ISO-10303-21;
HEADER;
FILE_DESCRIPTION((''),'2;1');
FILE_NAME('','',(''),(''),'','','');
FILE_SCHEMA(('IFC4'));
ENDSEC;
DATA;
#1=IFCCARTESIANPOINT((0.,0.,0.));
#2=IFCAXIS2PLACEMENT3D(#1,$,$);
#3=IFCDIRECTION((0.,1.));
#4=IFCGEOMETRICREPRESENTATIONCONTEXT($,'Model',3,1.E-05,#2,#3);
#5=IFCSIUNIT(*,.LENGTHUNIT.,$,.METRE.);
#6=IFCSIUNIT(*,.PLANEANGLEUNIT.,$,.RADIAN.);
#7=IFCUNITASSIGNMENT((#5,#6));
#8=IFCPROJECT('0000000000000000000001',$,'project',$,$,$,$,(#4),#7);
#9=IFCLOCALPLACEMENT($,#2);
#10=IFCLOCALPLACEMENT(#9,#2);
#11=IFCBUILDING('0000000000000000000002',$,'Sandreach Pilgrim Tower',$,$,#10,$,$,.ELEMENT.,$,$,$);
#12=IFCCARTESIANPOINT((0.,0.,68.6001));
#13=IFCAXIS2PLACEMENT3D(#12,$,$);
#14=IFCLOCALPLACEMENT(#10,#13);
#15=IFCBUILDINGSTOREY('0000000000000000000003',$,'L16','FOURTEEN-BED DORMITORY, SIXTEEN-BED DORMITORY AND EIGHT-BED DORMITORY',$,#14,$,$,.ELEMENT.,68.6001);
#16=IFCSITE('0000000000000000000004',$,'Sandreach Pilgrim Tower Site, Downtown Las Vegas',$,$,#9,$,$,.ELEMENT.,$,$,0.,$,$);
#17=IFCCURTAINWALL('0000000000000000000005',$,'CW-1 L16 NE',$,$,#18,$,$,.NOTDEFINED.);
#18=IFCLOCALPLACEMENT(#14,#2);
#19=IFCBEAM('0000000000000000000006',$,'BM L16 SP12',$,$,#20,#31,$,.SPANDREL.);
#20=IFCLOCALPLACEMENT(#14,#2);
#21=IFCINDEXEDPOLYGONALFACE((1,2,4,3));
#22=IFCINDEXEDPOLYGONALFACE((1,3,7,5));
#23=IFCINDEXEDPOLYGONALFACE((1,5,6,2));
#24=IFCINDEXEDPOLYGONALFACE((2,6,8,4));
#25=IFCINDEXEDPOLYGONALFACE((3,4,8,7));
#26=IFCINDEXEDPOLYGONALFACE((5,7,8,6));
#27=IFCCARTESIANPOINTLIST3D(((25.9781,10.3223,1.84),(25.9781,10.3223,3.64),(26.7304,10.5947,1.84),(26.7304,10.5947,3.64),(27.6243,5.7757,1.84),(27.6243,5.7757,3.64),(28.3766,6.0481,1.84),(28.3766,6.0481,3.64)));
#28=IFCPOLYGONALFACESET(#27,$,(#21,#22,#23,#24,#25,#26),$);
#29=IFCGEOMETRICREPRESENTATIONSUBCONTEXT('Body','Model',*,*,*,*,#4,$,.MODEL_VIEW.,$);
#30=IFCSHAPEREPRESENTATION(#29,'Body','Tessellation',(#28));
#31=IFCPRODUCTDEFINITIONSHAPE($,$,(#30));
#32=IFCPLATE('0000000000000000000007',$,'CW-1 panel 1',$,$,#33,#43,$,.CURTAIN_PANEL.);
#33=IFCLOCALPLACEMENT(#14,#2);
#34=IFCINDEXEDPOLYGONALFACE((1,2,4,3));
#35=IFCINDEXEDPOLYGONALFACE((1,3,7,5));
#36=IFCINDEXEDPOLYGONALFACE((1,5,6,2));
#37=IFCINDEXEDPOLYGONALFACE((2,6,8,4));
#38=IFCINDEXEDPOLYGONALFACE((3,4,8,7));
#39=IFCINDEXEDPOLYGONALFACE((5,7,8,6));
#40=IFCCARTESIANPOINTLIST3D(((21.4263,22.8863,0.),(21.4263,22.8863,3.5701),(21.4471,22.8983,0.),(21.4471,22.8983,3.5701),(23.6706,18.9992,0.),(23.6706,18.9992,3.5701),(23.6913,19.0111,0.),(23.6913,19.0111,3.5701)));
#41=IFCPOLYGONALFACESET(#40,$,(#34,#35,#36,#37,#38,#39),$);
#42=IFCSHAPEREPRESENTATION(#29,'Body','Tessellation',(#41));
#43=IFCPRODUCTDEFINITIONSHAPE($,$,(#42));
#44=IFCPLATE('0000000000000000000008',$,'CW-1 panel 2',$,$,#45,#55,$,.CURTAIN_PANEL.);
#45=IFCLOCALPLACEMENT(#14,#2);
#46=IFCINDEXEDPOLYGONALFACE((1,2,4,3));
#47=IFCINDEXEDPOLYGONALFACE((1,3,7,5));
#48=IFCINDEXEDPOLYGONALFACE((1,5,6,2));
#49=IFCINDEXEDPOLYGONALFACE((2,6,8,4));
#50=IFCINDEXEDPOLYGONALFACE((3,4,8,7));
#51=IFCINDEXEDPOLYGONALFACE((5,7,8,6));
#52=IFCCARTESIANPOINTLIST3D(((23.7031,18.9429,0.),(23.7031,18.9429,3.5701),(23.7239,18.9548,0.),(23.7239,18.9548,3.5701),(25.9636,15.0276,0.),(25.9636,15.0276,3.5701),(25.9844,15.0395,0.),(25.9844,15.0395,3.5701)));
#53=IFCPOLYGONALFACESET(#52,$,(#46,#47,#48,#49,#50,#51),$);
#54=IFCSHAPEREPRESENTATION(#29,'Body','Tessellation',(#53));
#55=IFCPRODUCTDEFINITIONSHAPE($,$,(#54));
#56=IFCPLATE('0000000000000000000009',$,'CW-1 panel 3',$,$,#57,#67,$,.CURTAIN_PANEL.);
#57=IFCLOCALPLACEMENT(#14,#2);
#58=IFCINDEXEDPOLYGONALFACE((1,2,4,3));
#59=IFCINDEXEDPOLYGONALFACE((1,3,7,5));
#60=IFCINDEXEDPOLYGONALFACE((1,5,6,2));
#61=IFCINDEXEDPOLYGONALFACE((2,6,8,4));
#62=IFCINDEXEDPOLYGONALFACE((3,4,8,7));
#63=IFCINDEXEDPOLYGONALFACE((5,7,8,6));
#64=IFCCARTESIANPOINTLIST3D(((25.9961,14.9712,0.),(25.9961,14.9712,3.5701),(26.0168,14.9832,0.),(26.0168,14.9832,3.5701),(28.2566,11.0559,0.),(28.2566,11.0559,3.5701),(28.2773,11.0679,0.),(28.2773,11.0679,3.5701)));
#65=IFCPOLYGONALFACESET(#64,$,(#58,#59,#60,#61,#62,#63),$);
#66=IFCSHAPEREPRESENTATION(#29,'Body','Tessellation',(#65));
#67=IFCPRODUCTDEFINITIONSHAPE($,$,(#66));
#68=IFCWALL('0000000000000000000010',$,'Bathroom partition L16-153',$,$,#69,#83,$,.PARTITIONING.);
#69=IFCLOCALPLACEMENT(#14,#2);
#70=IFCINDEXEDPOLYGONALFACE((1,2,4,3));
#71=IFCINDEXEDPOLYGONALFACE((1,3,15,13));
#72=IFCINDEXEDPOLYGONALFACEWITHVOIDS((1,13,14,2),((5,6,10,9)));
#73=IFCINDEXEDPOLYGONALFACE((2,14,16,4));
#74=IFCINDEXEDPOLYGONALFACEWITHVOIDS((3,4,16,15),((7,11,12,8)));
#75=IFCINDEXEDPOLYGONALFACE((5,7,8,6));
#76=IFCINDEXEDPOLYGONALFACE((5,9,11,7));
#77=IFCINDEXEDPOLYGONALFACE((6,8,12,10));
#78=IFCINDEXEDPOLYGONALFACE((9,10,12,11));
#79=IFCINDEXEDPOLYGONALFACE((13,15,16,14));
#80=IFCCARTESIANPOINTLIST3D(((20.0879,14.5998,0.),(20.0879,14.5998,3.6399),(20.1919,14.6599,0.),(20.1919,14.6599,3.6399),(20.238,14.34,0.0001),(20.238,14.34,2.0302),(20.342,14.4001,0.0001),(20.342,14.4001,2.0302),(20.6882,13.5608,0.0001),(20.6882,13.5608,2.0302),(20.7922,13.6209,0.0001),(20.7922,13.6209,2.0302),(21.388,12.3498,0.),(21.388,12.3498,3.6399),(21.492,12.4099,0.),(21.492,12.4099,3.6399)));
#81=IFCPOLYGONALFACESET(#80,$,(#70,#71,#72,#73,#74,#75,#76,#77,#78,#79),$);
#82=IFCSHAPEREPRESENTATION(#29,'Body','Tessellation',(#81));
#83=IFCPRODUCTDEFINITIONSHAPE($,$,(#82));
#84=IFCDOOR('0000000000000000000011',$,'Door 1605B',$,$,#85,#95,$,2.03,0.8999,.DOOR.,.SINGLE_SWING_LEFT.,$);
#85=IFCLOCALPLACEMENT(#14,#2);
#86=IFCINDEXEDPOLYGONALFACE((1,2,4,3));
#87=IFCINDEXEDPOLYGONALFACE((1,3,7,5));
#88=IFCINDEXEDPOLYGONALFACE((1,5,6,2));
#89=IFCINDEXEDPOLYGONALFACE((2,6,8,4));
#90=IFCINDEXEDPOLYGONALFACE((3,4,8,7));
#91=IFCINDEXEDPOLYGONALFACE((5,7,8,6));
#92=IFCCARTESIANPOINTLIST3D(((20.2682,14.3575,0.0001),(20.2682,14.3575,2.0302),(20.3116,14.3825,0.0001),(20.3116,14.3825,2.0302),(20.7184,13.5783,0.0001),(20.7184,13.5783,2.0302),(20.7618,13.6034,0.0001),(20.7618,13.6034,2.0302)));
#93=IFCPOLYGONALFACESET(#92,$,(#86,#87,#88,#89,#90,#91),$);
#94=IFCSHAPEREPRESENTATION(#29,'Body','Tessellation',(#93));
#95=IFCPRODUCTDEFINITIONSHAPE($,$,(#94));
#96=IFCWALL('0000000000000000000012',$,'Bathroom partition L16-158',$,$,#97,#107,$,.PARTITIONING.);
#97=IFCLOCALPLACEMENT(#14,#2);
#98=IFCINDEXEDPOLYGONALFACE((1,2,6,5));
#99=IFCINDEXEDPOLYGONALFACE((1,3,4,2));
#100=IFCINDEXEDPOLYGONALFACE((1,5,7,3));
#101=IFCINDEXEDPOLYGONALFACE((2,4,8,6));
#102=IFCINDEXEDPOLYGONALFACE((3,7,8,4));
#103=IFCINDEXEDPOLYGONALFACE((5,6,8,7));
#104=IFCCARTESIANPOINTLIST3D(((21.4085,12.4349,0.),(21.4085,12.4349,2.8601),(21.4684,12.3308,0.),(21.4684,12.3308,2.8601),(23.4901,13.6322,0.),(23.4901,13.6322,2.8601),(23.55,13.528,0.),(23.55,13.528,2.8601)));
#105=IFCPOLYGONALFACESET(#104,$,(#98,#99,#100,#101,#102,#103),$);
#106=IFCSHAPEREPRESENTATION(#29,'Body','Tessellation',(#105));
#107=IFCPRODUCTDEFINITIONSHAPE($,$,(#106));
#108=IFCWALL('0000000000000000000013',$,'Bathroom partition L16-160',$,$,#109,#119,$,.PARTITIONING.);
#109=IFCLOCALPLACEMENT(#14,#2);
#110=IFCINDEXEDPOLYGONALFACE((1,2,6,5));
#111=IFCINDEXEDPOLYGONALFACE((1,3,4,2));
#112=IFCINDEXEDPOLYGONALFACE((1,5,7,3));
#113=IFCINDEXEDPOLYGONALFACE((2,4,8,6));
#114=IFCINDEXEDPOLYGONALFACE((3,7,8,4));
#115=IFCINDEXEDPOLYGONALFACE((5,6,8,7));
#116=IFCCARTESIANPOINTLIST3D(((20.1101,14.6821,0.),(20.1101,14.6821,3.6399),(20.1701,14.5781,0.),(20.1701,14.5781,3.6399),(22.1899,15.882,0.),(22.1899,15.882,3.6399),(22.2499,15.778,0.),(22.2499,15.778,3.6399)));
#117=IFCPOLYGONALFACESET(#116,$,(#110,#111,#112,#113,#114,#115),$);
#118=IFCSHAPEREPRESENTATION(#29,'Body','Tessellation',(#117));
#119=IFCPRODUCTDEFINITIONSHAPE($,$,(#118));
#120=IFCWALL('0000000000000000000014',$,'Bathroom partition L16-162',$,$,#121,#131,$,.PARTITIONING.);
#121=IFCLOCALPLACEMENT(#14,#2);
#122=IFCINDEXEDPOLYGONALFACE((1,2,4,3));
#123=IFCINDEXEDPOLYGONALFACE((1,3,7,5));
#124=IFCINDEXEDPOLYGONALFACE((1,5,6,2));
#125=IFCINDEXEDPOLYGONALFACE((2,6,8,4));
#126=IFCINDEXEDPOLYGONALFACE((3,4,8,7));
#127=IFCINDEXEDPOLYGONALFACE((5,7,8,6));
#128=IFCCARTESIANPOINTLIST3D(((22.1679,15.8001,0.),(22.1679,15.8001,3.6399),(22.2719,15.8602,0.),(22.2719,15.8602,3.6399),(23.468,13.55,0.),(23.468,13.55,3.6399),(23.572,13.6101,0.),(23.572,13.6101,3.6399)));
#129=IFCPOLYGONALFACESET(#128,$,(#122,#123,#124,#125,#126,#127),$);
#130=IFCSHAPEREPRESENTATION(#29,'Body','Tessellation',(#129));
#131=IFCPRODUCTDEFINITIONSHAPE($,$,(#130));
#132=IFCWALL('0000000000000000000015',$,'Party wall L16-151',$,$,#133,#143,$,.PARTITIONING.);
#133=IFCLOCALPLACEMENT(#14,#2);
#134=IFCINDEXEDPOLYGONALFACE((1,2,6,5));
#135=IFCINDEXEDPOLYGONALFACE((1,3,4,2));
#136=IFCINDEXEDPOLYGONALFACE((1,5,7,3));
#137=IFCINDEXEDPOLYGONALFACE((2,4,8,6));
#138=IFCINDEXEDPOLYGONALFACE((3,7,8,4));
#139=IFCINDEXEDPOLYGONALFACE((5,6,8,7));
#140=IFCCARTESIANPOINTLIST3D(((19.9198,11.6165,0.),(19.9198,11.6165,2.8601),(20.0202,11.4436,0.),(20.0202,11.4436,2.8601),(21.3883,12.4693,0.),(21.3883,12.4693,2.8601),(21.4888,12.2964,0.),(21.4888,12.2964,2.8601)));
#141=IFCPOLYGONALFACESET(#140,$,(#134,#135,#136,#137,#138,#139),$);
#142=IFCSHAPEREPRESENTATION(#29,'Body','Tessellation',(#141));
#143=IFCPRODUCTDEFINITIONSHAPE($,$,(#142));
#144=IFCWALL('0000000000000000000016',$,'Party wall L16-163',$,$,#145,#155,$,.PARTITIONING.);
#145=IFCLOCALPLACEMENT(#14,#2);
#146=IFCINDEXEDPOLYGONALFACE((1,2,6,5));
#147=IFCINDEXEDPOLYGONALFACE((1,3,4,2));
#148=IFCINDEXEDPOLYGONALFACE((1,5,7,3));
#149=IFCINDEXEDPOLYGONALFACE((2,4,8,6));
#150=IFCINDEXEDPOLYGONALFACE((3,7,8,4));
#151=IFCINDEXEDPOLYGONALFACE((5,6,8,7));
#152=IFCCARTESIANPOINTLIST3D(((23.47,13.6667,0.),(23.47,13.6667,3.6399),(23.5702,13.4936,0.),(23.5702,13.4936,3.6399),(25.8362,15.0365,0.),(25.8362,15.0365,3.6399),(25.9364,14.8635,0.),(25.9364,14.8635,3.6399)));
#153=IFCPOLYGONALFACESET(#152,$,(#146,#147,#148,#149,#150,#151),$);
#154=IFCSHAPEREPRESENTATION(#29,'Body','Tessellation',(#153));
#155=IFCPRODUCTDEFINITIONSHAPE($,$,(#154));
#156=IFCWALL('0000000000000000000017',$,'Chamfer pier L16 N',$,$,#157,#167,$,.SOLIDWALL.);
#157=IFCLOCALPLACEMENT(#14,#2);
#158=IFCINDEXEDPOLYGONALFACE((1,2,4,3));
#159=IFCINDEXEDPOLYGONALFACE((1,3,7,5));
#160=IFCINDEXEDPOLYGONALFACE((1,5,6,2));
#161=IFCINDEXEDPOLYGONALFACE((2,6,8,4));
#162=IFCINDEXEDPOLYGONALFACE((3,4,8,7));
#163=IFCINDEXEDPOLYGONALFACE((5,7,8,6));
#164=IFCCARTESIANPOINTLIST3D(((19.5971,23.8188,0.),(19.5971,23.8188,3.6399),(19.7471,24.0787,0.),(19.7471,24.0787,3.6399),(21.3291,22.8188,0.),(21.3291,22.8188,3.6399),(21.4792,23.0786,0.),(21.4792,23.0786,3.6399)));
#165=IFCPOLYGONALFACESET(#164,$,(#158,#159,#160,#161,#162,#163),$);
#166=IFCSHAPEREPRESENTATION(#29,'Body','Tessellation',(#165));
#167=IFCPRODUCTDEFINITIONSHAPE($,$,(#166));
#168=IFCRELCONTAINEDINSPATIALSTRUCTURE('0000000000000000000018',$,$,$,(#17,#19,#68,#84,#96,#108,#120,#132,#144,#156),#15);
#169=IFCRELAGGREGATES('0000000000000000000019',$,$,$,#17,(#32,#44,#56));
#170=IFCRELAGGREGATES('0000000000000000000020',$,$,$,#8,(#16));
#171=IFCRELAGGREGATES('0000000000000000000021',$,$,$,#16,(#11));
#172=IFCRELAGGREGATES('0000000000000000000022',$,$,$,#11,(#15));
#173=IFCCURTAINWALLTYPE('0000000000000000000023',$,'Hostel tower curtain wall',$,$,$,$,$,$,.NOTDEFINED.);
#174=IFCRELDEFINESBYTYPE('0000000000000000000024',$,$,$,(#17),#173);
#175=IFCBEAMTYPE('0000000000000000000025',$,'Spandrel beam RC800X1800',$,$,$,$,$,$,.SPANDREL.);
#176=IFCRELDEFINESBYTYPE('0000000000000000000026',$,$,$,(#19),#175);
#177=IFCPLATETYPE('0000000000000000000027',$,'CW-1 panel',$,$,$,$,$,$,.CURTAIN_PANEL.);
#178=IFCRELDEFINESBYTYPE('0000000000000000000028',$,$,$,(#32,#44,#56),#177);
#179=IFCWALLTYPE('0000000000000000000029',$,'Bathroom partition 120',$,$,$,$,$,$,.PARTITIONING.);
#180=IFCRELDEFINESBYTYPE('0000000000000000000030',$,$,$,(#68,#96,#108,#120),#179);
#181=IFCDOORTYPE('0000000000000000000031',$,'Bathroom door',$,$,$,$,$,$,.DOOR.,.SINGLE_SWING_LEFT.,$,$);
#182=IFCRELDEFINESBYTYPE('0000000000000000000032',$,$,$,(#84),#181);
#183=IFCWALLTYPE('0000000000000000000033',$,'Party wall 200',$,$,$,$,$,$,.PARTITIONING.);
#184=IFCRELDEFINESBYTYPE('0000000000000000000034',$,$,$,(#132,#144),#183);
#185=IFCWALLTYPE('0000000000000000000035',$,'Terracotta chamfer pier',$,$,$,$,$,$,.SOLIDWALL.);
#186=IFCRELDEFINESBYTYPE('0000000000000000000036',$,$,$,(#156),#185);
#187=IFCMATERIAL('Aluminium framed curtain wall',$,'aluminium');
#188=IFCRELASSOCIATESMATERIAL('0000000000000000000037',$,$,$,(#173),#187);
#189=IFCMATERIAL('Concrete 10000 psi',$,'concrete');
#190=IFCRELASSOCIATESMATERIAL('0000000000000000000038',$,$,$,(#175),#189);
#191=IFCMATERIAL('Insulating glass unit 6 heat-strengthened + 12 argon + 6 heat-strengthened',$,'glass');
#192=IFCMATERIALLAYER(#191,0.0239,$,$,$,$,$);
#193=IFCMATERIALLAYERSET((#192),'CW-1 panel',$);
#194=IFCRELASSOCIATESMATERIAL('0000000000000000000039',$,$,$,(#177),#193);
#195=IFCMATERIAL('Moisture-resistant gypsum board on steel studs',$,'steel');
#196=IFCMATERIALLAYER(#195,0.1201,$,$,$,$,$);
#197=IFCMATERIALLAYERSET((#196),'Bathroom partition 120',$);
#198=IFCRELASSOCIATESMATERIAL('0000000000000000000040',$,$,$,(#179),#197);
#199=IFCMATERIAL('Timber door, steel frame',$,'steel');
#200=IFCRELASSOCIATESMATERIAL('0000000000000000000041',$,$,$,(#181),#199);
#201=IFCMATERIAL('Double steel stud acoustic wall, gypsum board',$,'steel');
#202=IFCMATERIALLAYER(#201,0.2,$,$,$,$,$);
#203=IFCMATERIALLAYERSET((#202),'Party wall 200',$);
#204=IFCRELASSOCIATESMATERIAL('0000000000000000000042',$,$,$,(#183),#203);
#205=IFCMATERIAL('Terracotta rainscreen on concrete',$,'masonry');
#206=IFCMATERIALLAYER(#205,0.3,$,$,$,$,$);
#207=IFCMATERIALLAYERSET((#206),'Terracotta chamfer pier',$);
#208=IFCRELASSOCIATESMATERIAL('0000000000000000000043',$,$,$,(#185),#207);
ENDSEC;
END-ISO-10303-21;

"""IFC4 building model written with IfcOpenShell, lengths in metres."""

from ifc_helpers import new_model, si_unit, direction, frame, frame_2d, origin, origin_2d, place, context, subcontext, project, spatial, rectangle, extrude, material, layer, layer_set, material_profile, profile_set, type_object, element, fill, aggregate, save


model = new_model("IFC4")

# Units and contexts
model_context = context("Model", 3, precision=1e-05, world=origin(), true_north=direction((0.0, 1.0)))
body_context = subcontext(model_context, "Body", "Model", "MODEL_VIEW")
ifc_project = project(units=[si_unit("LENGTHUNIT", "METRE"), si_unit("PLANEANGLEUNIT", "RADIAN")], contexts=[model_context])

# Site, building, storey
site_placement = place(None, origin())
site = spatial("IfcSite", under=ifc_project, at=site_placement, Name="Sandreach Pilgrim Tower Site, Downtown Las Vegas", CompositionType="ELEMENT", RefElevation=0.0)
building_placement = place(site_placement, origin())
building = spatial("IfcBuilding", under=site, at=building_placement, Name="Sandreach Pilgrim Tower", CompositionType="ELEMENT")
storey_placement = place(building_placement, frame((0.0, 0.0, 68.6001)))
storey = spatial("IfcBuildingStorey", under=building, at=storey_placement, Name="L16", Description="FOURTEEN-BED DORMITORY, SIXTEEN-BED DORMITORY AND EIGHT-BED DORMITORY", CompositionType="ELEMENT", Elevation=68.6001)

# Shared definitions
ifc_material_1 = material(Name="Aluminium framed curtain wall", Category="aluminium")
curtain_wall_type = type_object("IfcCurtainWallType", Name="Hostel tower curtain wall", PredefinedType="NOTDEFINED", material=ifc_material_1)

# Curtain wall
curtain_wall_1_placement = place(storey_placement, origin())
curtain_wall_1 = element("IfcCurtainWall", 1, at=curtain_wall_1_placement, inside=storey, type_object=curtain_wall_type, Name="CW-1 L16 NE", PredefinedType="NOTDEFINED")

# Beam
ifc_material_2 = material(Name="Concrete 10000 psi", Category="concrete")
ifc_material_profile_1 = material_profile(ifc_material_2, rectangle(XDim=0.8, YDim=1.8, at=origin_2d()), Name="RC800X1800")
ifc_profile_set_1 = profile_set([ifc_material_profile_1], Name="Concrete 10000 psi")
beam_type_1 = type_object("IfcBeamType", Name="Spandrel beam RC800X1800", PredefinedType="SPANDREL", material=ifc_profile_set_1)
beam_1_placement = place(storey_placement, frame((26.3542, 10.4585, 2.74), z_axis=(0.34045, -0.940263, 0.0), x_axis=(0.940263, 0.34045, 0.0)))
element("IfcBeam", 2, at=beam_1_placement, inside=storey, type_object=beam_type_1, Name="BM L16 SP12", PredefinedType="SPANDREL", context=body_context, shape_type="SweptSolid", body=[
    extrude(rectangle(XDim=0.8, YDim=1.8, at=origin_2d()), origin(), (0.0, 0.0, 1.0), 4.8354),
])

# Plates
ifc_material_3 = material(Name="Insulating glass unit 6 heat-strengthened + 12 argon + 6 heat-strengthened", Category="glass")
ifc_layer_1 = layer(ifc_material_3, 0.0239)
ifc_layer_set_1 = layer_set([ifc_layer_1], Name="CW-1 panel")
plate_type = type_object("IfcPlateType", Name="CW-1 panel", PredefinedType="CURTAIN_PANEL", material=ifc_layer_set_1)
plate_1_placement = place(storey_placement, frame((22.5588, 20.9487, 0.0), z_axis=(0.0, 0.0, 1.0), x_axis=(0.5, -0.866025, 0.0)))
plate_1 = element("IfcPlate", 3, at=plate_1_placement, type_object=plate_type, Name="CW-1 panel 1", PredefinedType="CURTAIN_PANEL", context=body_context, shape_type="SweptSolid", body=[
    extrude(rectangle(XDim=4.4885, YDim=0.0239, at=origin_2d()), origin(), (0.0, 0.0, 1.0), 3.5701),
])
plate_2_placement = place(storey_placement, frame((24.8438, 16.9912, 0.0), z_axis=(0.0, 0.0, 1.0), x_axis=(0.5, -0.866025, 0.0)))
plate_2 = element("IfcPlate", 4, at=plate_2_placement, type_object=plate_type, Name="CW-1 panel 2", PredefinedType="CURTAIN_PANEL", context=body_context, shape_type="SweptSolid", body=[
    extrude(rectangle(XDim=4.521, YDim=0.0239, at=origin_2d()), origin(), (0.0, 0.0, 1.0), 3.5701),
])
plate_3_placement = place(storey_placement, frame((27.1367, 13.0195, 0.0), z_axis=(0.0, 0.0, 1.0), x_axis=(0.5, -0.866025, 0.0)))
plate_3 = element("IfcPlate", 5, at=plate_3_placement, type_object=plate_type, Name="CW-1 panel 3", PredefinedType="CURTAIN_PANEL", context=body_context, shape_type="SweptSolid", body=[
    extrude(rectangle(XDim=4.521, YDim=0.0239, at=origin_2d()), origin(), (0.0, 0.0, 1.0), 3.5701),
])
aggregate(curtain_wall_1, [plate_1, plate_2, plate_3])

# Wall, opening, door
ifc_material_4 = material(Name="Moisture-resistant gypsum board on steel studs", Category="steel")
ifc_layer_2 = layer(ifc_material_4, 0.1201)
ifc_layer_set_2 = layer_set([ifc_layer_2], Name="Bathroom partition 120")
wall_type_1 = type_object("IfcWallType", Name="Bathroom partition 120", PredefinedType="PARTITIONING", material=ifc_layer_set_2)
wall_1_placement = place(storey_placement, frame((20.1399, 14.6299, 0.0), z_axis=(0.0, 0.0, 1.0), x_axis=(0.500292, -0.865857, 0.0)))
wall_1 = element("IfcWall", 6, at=wall_1_placement, inside=storey, type_object=wall_type_1, Name="Bathroom partition L16-153", PredefinedType="PARTITIONING", context=body_context, shape_type="SweptSolid", body=[
    extrude(rectangle(XDim=2.5986, YDim=0.1201, at=frame_2d((1.2993, 0.0))), origin(), (0.0, 0.0, 1.0), 3.6399),
])
opening_placement = place(wall_1_placement, frame((0.3, 0.0, 0.0)))
opening = element("IfcOpeningElement", 7, at=opening_placement, cuts=wall_1, PredefinedType="OPENING", context=body_context, shape_type="SweptSolid", body=[
    extrude(rectangle(XDim=0.8999, YDim=2.03, at=frame_2d((0.45, 1.0151))), frame((0.0, 0.0601, 0.0), z_axis=(0.0, -1.0, 0.0), x_axis=(1.0, 0.0, 0.0)), (0.0, 0.0, 1.0), 0.1201),
])
ifc_material_5 = material(Name="Timber door, steel frame", Category="steel")
door_type = type_object("IfcDoorType", Name="Bathroom door", OperationType="SINGLE_SWING_LEFT", PredefinedType="DOOR", material=ifc_material_5)
door_placement = place(opening_placement, origin())
door = element("IfcDoor", 8, at=door_placement, inside=storey, type_object=door_type, Name="Door 1605B", OperationType="SINGLE_SWING_LEFT", OverallHeight=2.03, OverallWidth=0.8999, PredefinedType="DOOR", context=body_context, shape_type="SweptSolid", body=[
    extrude(rectangle(XDim=0.8999, YDim=2.03, at=frame_2d((0.45, 1.0151))), frame((0.0, 0.0249, 0.0), z_axis=(0.0, -1.0, 0.0), x_axis=(1.0, 0.0, 0.0)), (0.0, 0.0, 1.0), 0.05),
])
fill(opening, door)

# Walls
wall_2_placement = place(storey_placement, frame((21.4385, 12.3828, 0.0), z_axis=(0.0, 0.0, 1.0), x_axis=(0.866838, 0.49859, 0.0)))
element("IfcWall", 9, at=wall_2_placement, inside=storey, type_object=wall_type_1, Name="Bathroom partition L16-158", PredefinedType="PARTITIONING", context=body_context, shape_type="SweptSolid", body=[
    extrude(rectangle(XDim=2.4014, YDim=0.1201, at=frame_2d((1.2007, 0.0))), origin(), (0.0, 0.0, 1.0), 2.8601),
])
wall_3_placement = place(storey_placement, frame((22.22, 15.8301, 0.0), z_axis=(0.0, 0.0, 1.0), x_axis=(-0.866177, -0.499737, 0.0)))
element("IfcWall", 10, at=wall_3_placement, inside=storey, type_object=wall_type_1, Name="Bathroom partition L16-160", PredefinedType="PARTITIONING", context=body_context, shape_type="SweptSolid", body=[
    extrude(rectangle(XDim=2.4011, YDim=0.1201, at=frame_2d((1.2007, 0.0))), origin(), (0.0, 0.0, 1.0), 3.6399),
])
wall_4_placement = place(storey_placement, frame((23.52, 13.5801, 0.0), z_axis=(0.0, 0.0, 1.0), x_axis=(-0.500292, 0.865857, 0.0)))
element("IfcWall", 11, at=wall_4_placement, inside=storey, type_object=wall_type_1, Name="Bathroom partition L16-162", PredefinedType="PARTITIONING", context=body_context, shape_type="SweptSolid", body=[
    extrude(rectangle(XDim=2.5986, YDim=0.1201, at=frame_2d((1.2993, 0.0))), origin(), (0.0, 0.0, 1.0), 3.6399),
])
ifc_material_6 = material(Name="Double steel stud acoustic wall, gypsum board", Category="steel")
ifc_layer_3 = layer(ifc_material_6, 0.2)
ifc_layer_set_3 = layer_set([ifc_layer_3], Name="Party wall 200")
wall_type_2 = type_object("IfcWallType", Name="Party wall 200", PredefinedType="PARTITIONING", material=ifc_layer_set_3)
wall_5_placement = place(storey_placement, frame((19.97, 11.53, 0.0), z_axis=(0.0, 0.0, 1.0), x_axis=(0.864763, 0.502181, 0.0)))
element("IfcWall", 12, at=wall_5_placement, inside=storey, type_object=wall_type_2, Name="Party wall L16-151", PredefinedType="PARTITIONING", context=body_context, shape_type="SweptSolid", body=[
    extrude(rectangle(XDim=1.6982, YDim=0.2, at=frame_2d((0.8491, 0.0))), origin(), (0.0, 0.0, 1.0), 2.8601),
])
wall_6_placement = place(storey_placement, frame((23.52, 13.5801, 0.0), z_axis=(0.0, 0.0, 1.0), x_axis=(0.865432, 0.501026, 0.0)))
element("IfcWall", 13, at=wall_6_placement, inside=storey, type_object=wall_type_2, Name="Party wall L16-163", PredefinedType="PARTITIONING", context=body_context, shape_type="SweptSolid", body=[
    extrude(rectangle(XDim=2.7341, YDim=0.2, at=frame_2d((1.3672, 0.0))), origin(), (0.0, 0.0, 1.0), 3.6399),
])
ifc_material_7 = material(Name="Terracotta rainscreen on concrete", Category="masonry")
ifc_layer_4 = layer(ifc_material_7, 0.3)
ifc_layer_set_4 = layer_set([ifc_layer_4], Name="Terracotta chamfer pier")
wall_type_3 = type_object("IfcWallType", Name="Terracotta chamfer pier", PredefinedType="SOLIDWALL", material=ifc_layer_set_4)
wall_7_placement = place(storey_placement, frame((19.6721, 23.9487, 0.0), z_axis=(0.0, 0.0, 1.0), x_axis=(0.866011, -0.500025, 0.0)))
element("IfcWall", 14, at=wall_7_placement, inside=storey, type_object=wall_type_3, Name="Chamfer pier L16 N", PredefinedType="SOLIDWALL", context=body_context, shape_type="SweptSolid", body=[
    extrude(rectangle(XDim=2.0, YDim=0.3, at=frame_2d((1.0, 0.0))), origin(), (0.0, 0.0, 1.0), 3.6399),
])

save(model, "model.ifc")
